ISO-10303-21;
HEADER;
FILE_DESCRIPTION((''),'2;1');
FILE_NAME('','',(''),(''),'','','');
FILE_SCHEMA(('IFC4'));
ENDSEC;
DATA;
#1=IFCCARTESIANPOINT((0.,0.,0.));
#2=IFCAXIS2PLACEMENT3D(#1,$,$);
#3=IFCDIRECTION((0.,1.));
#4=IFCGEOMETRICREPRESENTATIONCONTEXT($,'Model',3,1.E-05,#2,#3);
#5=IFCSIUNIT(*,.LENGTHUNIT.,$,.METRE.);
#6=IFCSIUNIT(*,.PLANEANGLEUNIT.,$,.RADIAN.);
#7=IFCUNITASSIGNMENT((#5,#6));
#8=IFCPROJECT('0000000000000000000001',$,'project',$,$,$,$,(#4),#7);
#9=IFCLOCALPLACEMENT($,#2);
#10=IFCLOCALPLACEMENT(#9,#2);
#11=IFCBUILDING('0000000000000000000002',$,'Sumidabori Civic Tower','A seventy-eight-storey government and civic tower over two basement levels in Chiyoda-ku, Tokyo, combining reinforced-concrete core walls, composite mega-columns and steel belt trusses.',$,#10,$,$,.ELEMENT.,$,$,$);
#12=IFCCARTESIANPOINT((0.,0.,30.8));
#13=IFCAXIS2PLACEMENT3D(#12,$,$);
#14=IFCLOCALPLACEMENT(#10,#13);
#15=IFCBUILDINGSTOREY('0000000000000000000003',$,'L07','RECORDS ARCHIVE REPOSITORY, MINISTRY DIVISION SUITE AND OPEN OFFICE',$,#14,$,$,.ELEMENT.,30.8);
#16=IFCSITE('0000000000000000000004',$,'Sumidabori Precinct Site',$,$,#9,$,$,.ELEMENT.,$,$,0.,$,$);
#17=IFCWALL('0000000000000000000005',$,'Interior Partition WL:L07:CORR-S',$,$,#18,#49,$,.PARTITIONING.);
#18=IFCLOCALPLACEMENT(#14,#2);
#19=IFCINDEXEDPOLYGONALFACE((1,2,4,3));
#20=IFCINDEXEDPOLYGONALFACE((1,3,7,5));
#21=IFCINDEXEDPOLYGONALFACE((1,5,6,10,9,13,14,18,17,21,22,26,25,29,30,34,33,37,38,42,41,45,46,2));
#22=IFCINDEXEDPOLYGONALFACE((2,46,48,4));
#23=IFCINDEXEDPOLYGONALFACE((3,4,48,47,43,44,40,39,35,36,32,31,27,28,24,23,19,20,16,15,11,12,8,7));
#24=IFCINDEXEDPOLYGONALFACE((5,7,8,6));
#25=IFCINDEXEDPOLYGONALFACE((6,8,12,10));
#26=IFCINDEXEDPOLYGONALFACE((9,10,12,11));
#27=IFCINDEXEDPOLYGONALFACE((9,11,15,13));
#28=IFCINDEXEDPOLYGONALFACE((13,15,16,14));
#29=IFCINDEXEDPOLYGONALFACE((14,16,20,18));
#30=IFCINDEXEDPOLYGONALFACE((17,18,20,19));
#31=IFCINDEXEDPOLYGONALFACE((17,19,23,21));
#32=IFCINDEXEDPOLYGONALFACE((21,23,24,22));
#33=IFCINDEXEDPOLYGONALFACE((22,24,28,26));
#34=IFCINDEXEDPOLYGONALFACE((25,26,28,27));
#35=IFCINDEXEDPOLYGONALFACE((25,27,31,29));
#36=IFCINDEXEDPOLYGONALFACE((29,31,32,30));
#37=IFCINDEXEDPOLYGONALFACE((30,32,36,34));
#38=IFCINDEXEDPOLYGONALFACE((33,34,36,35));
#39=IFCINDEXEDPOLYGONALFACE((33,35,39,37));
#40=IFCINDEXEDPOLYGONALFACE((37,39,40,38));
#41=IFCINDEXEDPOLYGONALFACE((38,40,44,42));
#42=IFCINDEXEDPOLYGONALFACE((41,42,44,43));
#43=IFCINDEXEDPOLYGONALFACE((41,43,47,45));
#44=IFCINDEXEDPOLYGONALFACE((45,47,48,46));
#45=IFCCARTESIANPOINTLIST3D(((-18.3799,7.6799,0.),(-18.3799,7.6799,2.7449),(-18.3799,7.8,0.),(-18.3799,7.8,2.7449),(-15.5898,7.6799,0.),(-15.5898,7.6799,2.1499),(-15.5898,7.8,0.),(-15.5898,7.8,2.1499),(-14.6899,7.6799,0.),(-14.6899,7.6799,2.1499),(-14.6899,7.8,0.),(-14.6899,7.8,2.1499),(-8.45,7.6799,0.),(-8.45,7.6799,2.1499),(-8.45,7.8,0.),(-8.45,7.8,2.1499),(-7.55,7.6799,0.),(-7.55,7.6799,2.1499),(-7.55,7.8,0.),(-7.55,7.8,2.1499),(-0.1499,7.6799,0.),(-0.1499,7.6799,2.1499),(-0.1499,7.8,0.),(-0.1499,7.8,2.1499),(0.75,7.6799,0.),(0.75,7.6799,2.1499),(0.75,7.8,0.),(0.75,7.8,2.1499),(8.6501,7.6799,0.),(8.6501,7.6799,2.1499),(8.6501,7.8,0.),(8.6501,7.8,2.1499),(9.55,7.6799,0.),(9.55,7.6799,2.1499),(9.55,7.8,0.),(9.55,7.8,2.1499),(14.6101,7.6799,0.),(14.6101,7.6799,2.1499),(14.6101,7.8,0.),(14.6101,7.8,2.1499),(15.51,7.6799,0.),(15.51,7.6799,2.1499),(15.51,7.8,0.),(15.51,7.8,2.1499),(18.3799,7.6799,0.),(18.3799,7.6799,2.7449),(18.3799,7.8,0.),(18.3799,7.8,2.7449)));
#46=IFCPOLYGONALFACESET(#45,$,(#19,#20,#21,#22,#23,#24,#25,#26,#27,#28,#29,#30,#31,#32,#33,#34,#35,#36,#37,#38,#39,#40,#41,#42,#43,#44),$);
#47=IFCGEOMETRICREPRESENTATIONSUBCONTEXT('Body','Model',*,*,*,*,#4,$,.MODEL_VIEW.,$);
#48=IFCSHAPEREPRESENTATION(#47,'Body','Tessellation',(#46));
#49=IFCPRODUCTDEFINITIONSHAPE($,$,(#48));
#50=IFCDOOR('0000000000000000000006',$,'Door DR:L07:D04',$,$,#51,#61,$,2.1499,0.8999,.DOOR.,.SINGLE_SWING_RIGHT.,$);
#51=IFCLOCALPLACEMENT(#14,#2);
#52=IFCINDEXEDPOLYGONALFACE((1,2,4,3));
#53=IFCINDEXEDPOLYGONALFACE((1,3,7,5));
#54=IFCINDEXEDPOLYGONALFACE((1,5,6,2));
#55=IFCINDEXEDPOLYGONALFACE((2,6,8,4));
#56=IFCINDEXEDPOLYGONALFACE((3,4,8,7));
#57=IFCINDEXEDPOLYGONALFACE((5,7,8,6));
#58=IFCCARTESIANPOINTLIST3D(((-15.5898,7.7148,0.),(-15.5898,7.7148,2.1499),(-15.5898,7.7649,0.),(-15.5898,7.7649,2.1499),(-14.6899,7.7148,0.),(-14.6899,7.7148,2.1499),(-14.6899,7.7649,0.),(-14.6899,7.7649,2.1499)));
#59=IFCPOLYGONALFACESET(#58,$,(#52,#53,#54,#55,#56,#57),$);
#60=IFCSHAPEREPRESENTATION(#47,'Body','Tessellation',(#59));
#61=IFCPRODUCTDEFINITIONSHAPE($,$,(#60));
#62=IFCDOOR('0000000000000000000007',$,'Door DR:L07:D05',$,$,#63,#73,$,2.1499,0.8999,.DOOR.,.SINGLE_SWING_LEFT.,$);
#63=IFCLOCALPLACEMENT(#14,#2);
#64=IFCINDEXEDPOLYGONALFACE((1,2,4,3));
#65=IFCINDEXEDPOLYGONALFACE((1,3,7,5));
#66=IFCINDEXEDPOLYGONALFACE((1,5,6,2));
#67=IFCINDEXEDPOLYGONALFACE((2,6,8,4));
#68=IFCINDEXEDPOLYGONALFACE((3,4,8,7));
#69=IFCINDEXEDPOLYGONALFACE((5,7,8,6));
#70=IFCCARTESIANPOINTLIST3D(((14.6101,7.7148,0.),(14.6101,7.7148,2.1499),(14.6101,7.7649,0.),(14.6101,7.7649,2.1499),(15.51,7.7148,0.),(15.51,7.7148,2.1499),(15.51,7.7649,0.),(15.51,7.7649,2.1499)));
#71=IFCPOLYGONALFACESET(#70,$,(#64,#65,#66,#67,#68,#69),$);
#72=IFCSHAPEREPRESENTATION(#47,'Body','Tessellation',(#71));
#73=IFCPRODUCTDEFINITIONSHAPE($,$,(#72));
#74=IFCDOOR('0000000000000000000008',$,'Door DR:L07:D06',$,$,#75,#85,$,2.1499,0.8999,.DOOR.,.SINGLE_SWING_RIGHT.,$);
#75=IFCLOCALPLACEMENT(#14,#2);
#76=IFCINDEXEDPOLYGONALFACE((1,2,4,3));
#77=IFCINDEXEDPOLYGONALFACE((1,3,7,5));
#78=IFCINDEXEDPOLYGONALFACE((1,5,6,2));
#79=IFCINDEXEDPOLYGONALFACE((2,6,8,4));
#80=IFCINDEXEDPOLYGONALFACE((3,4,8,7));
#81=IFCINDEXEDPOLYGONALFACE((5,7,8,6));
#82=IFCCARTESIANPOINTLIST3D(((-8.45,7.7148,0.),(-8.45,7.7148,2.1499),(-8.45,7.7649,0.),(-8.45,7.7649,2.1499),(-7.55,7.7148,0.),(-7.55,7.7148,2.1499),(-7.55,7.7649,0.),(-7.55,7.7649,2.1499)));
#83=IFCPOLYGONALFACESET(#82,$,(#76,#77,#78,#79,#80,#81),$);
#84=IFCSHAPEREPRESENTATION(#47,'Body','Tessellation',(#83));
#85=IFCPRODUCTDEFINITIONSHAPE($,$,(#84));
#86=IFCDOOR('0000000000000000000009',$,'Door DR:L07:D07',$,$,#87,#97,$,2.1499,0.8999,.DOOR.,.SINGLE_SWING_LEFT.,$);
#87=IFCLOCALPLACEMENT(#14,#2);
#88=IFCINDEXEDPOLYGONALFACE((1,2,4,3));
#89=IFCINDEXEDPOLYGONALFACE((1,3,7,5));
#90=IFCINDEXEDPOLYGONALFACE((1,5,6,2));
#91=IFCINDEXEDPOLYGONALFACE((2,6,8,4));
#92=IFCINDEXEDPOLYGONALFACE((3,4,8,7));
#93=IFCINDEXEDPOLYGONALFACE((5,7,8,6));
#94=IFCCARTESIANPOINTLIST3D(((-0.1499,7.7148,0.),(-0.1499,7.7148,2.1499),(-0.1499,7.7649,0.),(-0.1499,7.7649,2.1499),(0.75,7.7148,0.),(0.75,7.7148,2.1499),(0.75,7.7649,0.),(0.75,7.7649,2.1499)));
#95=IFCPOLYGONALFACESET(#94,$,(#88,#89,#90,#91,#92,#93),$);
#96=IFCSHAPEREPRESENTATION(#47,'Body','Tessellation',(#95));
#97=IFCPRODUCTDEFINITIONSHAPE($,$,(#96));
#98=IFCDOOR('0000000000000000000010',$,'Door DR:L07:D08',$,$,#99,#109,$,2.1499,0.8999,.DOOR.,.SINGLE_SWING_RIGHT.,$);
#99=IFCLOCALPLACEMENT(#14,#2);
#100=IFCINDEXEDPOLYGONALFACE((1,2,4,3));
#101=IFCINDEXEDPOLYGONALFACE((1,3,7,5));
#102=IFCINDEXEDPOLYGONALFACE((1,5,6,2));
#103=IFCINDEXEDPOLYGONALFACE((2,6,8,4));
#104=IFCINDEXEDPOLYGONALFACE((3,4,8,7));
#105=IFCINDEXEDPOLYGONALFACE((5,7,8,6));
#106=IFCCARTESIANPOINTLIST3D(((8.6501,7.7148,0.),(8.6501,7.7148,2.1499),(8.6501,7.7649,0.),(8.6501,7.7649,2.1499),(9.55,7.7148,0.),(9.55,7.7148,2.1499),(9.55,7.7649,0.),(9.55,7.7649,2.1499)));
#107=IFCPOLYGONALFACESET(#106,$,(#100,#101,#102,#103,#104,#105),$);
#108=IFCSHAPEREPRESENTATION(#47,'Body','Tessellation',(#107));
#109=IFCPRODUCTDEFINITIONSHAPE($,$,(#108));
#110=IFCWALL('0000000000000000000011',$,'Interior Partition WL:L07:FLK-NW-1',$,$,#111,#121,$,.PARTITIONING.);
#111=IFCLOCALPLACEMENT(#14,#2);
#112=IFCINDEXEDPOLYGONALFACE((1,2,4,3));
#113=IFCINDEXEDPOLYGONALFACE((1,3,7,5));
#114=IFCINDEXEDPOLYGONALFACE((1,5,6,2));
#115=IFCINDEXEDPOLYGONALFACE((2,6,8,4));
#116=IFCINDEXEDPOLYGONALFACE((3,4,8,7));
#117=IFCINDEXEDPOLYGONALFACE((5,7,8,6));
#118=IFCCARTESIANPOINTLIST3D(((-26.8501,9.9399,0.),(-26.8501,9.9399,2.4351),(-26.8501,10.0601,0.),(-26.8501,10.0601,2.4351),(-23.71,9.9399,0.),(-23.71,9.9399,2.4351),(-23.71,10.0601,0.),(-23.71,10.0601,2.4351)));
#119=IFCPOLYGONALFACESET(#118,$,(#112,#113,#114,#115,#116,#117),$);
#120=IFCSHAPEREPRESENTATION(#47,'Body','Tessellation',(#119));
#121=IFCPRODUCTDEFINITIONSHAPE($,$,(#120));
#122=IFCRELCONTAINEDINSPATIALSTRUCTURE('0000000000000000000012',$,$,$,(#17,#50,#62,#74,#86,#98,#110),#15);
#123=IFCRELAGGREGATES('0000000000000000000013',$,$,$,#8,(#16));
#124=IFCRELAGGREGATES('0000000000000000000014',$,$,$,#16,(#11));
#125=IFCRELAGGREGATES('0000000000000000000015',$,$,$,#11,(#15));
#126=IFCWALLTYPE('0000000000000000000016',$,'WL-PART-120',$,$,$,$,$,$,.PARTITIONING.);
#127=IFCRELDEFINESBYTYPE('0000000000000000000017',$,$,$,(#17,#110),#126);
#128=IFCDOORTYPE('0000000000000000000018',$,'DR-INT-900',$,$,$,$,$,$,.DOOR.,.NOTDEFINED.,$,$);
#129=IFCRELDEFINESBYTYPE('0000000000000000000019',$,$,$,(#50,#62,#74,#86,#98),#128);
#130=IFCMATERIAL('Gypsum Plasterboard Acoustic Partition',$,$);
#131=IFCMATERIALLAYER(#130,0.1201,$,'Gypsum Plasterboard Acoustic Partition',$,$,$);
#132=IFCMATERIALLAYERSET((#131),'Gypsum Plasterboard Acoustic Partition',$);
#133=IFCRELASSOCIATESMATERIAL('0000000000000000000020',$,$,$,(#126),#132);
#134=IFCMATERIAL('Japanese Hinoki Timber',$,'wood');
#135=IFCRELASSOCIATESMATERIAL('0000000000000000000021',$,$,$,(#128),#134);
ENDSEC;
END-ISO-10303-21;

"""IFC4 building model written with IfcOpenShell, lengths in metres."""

from ifc_helpers import new_model, si_unit, direction, frame, frame_2d, origin, place, context, subcontext, project, spatial, rectangle, extrude, source, transform, mapped, material, layer, layer_set, type_object, element, fill, save


model = new_model("IFC4")

# Units and contexts
model_context = context("Model", 3, precision=1e-05, world=origin(), true_north=direction((0.0, 1.0)))
body_context = subcontext(model_context, "Body", "Model", "MODEL_VIEW")
ifc_project = project(units=[si_unit("LENGTHUNIT", "METRE"), si_unit("PLANEANGLEUNIT", "RADIAN")], contexts=[model_context])

# Site, building, storey
site_placement = place(None, origin())
site = spatial("IfcSite", under=ifc_project, at=site_placement, Name="Sumidabori Precinct Site", CompositionType="ELEMENT", RefElevation=0.0)
building_placement = place(site_placement, origin())
building = spatial("IfcBuilding", under=site, at=building_placement, Name="Sumidabori Civic Tower", Description="A seventy-eight-storey government and civic tower over two basement levels in Chiyoda-ku, Tokyo, combining reinforced-concrete core walls, composite mega-columns and steel belt trusses.", CompositionType="ELEMENT")
storey_placement = place(building_placement, frame((0.0, 0.0, 30.8)))
storey = spatial("IfcBuildingStorey", under=building, at=storey_placement, Name="L07", Description="RECORDS ARCHIVE REPOSITORY, MINISTRY DIVISION SUITE AND OPEN OFFICE", CompositionType="ELEMENT", Elevation=30.8)

# Shared definitions
ifc_material_1 = material(Name="Gypsum Plasterboard Acoustic Partition")
ifc_layer_1 = layer(ifc_material_1, 0.1201, Name="Gypsum Plasterboard Acoustic Partition")
ifc_layer_set_1 = layer_set([ifc_layer_1], Name="Gypsum Plasterboard Acoustic Partition")
wall_type_1 = type_object("IfcWallType", Name="WL-PART-120", PredefinedType="PARTITIONING", material=ifc_layer_set_1)
ifc_material_2 = material(Name="Japanese Hinoki Timber", Category="wood")
door_type_1 = type_object("IfcDoorType", Name="DR-INT-900", OperationType="NOTDEFINED", PredefinedType="DOOR", material=ifc_material_2)
shared_shape_1 = source(origin(), body_context, "Body", "SweptSolid", [
    extrude(rectangle(XDim=0.8999, YDim=2.1499, at=frame_2d((0.45, 1.075))), frame((0.0, 0.0249, 0.0), z_axis=(0.0, -1.0, 0.0), x_axis=(1.0, 0.0, 0.0)), (0.0, 0.0, 1.0), 0.05),
])

# Wall, openings, doors
shared_shape_2 = source(origin(), body_context, "Body", "SweptSolid", [
    extrude(rectangle(XDim=36.7598, YDim=0.1201, at=frame_2d((18.3799, 0.0))), origin(), (0.0, 0.0, 1.0), 2.7449),
])
wall_1_placement = place(storey_placement, frame((-18.3799, 7.74, 0.0), z_axis=(0.0, 0.0, 1.0), x_axis=(1.0, 0.0, 0.0)))
wall_1 = element("IfcWall", 1, at=wall_1_placement, inside=storey, type_object=wall_type_1, Name="Interior Partition WL:L07:CORR-S", PredefinedType="PARTITIONING", context=body_context, shape_type="MappedRepresentation", body=[
    mapped(shared_shape_2, transform((0.0, 0.0, 0.0), x_axis=(1.0, 0.0, 0.0), y_axis=(0.0, 1.0, 0.0), z_axis=(0.0, 0.0, 1.0), scale=1.0)),
])
opening_1_placement = place(wall_1_placement, frame((2.79, 0.0, 0.0)))
opening_1 = element("IfcOpeningElement", 2, at=opening_1_placement, cuts=wall_1, PredefinedType="OPENING", context=body_context, shape_type="SweptSolid", body=[
    extrude(rectangle(XDim=0.8999, YDim=2.1499, at=frame_2d((0.45, 1.075))), frame((0.0, 0.072, 0.0), z_axis=(0.0, -1.0, 0.0), x_axis=(1.0, 0.0, 0.0)), (0.0, 0.0, 1.0), 0.144),
])
opening_2_placement = place(wall_1_placement, frame((32.99, 0.0, 0.0)))
opening_2 = element("IfcOpeningElement", 3, at=opening_2_placement, cuts=wall_1, PredefinedType="OPENING", context=body_context, shape_type="SweptSolid", body=[
    extrude(rectangle(XDim=0.8999, YDim=2.1499, at=frame_2d((0.45, 1.075))), frame((0.0, 0.072, 0.0), z_axis=(0.0, -1.0, 0.0), x_axis=(1.0, 0.0, 0.0)), (0.0, 0.0, 1.0), 0.144),
])
opening_3_placement = place(wall_1_placement, frame((9.9299, 0.0, 0.0)))
opening_3 = element("IfcOpeningElement", 4, at=opening_3_placement, cuts=wall_1, PredefinedType="OPENING", context=body_context, shape_type="SweptSolid", body=[
    extrude(rectangle(XDim=0.8999, YDim=2.1499, at=frame_2d((0.45, 1.075))), frame((0.0, 0.072, 0.0), z_axis=(0.0, -1.0, 0.0), x_axis=(1.0, 0.0, 0.0)), (0.0, 0.0, 1.0), 0.144),
])
opening_4_placement = place(wall_1_placement, frame((18.23, 0.0, 0.0)))
opening_4 = element("IfcOpeningElement", 5, at=opening_4_placement, cuts=wall_1, PredefinedType="OPENING", context=body_context, shape_type="SweptSolid", body=[
    extrude(rectangle(XDim=0.8999, YDim=2.1499, at=frame_2d((0.45, 1.075))), frame((0.0, 0.072, 0.0), z_axis=(0.0, -1.0, 0.0), x_axis=(1.0, 0.0, 0.0)), (0.0, 0.0, 1.0), 0.144),
])
opening_5_placement = place(wall_1_placement, frame((27.03, 0.0, 0.0)))
opening_5 = element("IfcOpeningElement", 6, at=opening_5_placement, cuts=wall_1, PredefinedType="OPENING", context=body_context, shape_type="SweptSolid", body=[
    extrude(rectangle(XDim=0.8999, YDim=2.1499, at=frame_2d((0.45, 1.075))), frame((0.0, 0.072, 0.0), z_axis=(0.0, -1.0, 0.0), x_axis=(1.0, 0.0, 0.0)), (0.0, 0.0, 1.0), 0.144),
])
door_1_placement = place(opening_1_placement, origin())
door_1 = element("IfcDoor", 7, at=door_1_placement, inside=storey, type_object=door_type_1, Name="Door DR:L07:D04", OperationType="SINGLE_SWING_RIGHT", OverallHeight=2.1499, OverallWidth=0.8999, PredefinedType="DOOR", context=body_context, shape_type="MappedRepresentation", body=[
    mapped(shared_shape_1, transform((0.0, 0.0, 0.0), x_axis=(1.0, 0.0, 0.0), y_axis=(0.0, 1.0, 0.0), z_axis=(0.0, 0.0, 1.0), scale=1.0)),
])
fill(opening_1, door_1)
door_2_placement = place(opening_2_placement, origin())
door_2 = element("IfcDoor", 8, at=door_2_placement, inside=storey, type_object=door_type_1, Name="Door DR:L07:D05", OperationType="SINGLE_SWING_LEFT", OverallHeight=2.1499, OverallWidth=0.8999, PredefinedType="DOOR", context=body_context, shape_type="MappedRepresentation", body=[
    mapped(shared_shape_1, transform((0.0, 0.0, 0.0), x_axis=(1.0, 0.0, 0.0), y_axis=(0.0, 1.0, 0.0), z_axis=(0.0, 0.0, 1.0), scale=1.0)),
])
fill(opening_2, door_2)
door_3_placement = place(opening_3_placement, origin())
door_3 = element("IfcDoor", 9, at=door_3_placement, inside=storey, type_object=door_type_1, Name="Door DR:L07:D06", OperationType="SINGLE_SWING_RIGHT", OverallHeight=2.1499, OverallWidth=0.8999, PredefinedType="DOOR", context=body_context, shape_type="MappedRepresentation", body=[
    mapped(shared_shape_1, transform((0.0, 0.0, 0.0), x_axis=(1.0, 0.0, 0.0), y_axis=(0.0, 1.0, 0.0), z_axis=(0.0, 0.0, 1.0), scale=1.0)),
])
fill(opening_3, door_3)
door_4_placement = place(opening_4_placement, origin())
door_4 = element("IfcDoor", 10, at=door_4_placement, inside=storey, type_object=door_type_1, Name="Door DR:L07:D07", OperationType="SINGLE_SWING_LEFT", OverallHeight=2.1499, OverallWidth=0.8999, PredefinedType="DOOR", context=body_context, shape_type="MappedRepresentation", body=[
    mapped(shared_shape_1, transform((0.0, 0.0, 0.0), x_axis=(1.0, 0.0, 0.0), y_axis=(0.0, 1.0, 0.0), z_axis=(0.0, 0.0, 1.0), scale=1.0)),
])
fill(opening_4, door_4)
door_5_placement = place(opening_5_placement, origin())
door_5 = element("IfcDoor", 11, at=door_5_placement, inside=storey, type_object=door_type_1, Name="Door DR:L07:D08", OperationType="SINGLE_SWING_RIGHT", OverallHeight=2.1499, OverallWidth=0.8999, PredefinedType="DOOR", context=body_context, shape_type="MappedRepresentation", body=[
    mapped(shared_shape_1, transform((0.0, 0.0, 0.0), x_axis=(1.0, 0.0, 0.0), y_axis=(0.0, 1.0, 0.0), z_axis=(0.0, 0.0, 1.0), scale=1.0)),
])
fill(opening_5, door_5)

# Wall
shared_shape_3 = source(origin(), body_context, "Body", "SweptSolid", [
    extrude(rectangle(XDim=3.1401, YDim=0.1201, at=frame_2d((1.5701, 0.0))), origin(), (0.0, 0.0, 1.0), 2.4351),
])
wall_2_placement = place(storey_placement, frame((-26.8501, 10.0, 0.0), z_axis=(0.0, 0.0, 1.0), x_axis=(1.0, 0.0, 0.0)))
element("IfcWall", 12, at=wall_2_placement, inside=storey, type_object=wall_type_1, Name="Interior Partition WL:L07:FLK-NW-1", PredefinedType="PARTITIONING", context=body_context, shape_type="MappedRepresentation", body=[
    mapped(shared_shape_3, transform((0.0, 0.0, 0.0), x_axis=(1.0, 0.0, 0.0), y_axis=(0.0, 1.0, 0.0), z_axis=(0.0, 0.0, 1.0), scale=1.0)),
])

save(model, "model.ifc")
